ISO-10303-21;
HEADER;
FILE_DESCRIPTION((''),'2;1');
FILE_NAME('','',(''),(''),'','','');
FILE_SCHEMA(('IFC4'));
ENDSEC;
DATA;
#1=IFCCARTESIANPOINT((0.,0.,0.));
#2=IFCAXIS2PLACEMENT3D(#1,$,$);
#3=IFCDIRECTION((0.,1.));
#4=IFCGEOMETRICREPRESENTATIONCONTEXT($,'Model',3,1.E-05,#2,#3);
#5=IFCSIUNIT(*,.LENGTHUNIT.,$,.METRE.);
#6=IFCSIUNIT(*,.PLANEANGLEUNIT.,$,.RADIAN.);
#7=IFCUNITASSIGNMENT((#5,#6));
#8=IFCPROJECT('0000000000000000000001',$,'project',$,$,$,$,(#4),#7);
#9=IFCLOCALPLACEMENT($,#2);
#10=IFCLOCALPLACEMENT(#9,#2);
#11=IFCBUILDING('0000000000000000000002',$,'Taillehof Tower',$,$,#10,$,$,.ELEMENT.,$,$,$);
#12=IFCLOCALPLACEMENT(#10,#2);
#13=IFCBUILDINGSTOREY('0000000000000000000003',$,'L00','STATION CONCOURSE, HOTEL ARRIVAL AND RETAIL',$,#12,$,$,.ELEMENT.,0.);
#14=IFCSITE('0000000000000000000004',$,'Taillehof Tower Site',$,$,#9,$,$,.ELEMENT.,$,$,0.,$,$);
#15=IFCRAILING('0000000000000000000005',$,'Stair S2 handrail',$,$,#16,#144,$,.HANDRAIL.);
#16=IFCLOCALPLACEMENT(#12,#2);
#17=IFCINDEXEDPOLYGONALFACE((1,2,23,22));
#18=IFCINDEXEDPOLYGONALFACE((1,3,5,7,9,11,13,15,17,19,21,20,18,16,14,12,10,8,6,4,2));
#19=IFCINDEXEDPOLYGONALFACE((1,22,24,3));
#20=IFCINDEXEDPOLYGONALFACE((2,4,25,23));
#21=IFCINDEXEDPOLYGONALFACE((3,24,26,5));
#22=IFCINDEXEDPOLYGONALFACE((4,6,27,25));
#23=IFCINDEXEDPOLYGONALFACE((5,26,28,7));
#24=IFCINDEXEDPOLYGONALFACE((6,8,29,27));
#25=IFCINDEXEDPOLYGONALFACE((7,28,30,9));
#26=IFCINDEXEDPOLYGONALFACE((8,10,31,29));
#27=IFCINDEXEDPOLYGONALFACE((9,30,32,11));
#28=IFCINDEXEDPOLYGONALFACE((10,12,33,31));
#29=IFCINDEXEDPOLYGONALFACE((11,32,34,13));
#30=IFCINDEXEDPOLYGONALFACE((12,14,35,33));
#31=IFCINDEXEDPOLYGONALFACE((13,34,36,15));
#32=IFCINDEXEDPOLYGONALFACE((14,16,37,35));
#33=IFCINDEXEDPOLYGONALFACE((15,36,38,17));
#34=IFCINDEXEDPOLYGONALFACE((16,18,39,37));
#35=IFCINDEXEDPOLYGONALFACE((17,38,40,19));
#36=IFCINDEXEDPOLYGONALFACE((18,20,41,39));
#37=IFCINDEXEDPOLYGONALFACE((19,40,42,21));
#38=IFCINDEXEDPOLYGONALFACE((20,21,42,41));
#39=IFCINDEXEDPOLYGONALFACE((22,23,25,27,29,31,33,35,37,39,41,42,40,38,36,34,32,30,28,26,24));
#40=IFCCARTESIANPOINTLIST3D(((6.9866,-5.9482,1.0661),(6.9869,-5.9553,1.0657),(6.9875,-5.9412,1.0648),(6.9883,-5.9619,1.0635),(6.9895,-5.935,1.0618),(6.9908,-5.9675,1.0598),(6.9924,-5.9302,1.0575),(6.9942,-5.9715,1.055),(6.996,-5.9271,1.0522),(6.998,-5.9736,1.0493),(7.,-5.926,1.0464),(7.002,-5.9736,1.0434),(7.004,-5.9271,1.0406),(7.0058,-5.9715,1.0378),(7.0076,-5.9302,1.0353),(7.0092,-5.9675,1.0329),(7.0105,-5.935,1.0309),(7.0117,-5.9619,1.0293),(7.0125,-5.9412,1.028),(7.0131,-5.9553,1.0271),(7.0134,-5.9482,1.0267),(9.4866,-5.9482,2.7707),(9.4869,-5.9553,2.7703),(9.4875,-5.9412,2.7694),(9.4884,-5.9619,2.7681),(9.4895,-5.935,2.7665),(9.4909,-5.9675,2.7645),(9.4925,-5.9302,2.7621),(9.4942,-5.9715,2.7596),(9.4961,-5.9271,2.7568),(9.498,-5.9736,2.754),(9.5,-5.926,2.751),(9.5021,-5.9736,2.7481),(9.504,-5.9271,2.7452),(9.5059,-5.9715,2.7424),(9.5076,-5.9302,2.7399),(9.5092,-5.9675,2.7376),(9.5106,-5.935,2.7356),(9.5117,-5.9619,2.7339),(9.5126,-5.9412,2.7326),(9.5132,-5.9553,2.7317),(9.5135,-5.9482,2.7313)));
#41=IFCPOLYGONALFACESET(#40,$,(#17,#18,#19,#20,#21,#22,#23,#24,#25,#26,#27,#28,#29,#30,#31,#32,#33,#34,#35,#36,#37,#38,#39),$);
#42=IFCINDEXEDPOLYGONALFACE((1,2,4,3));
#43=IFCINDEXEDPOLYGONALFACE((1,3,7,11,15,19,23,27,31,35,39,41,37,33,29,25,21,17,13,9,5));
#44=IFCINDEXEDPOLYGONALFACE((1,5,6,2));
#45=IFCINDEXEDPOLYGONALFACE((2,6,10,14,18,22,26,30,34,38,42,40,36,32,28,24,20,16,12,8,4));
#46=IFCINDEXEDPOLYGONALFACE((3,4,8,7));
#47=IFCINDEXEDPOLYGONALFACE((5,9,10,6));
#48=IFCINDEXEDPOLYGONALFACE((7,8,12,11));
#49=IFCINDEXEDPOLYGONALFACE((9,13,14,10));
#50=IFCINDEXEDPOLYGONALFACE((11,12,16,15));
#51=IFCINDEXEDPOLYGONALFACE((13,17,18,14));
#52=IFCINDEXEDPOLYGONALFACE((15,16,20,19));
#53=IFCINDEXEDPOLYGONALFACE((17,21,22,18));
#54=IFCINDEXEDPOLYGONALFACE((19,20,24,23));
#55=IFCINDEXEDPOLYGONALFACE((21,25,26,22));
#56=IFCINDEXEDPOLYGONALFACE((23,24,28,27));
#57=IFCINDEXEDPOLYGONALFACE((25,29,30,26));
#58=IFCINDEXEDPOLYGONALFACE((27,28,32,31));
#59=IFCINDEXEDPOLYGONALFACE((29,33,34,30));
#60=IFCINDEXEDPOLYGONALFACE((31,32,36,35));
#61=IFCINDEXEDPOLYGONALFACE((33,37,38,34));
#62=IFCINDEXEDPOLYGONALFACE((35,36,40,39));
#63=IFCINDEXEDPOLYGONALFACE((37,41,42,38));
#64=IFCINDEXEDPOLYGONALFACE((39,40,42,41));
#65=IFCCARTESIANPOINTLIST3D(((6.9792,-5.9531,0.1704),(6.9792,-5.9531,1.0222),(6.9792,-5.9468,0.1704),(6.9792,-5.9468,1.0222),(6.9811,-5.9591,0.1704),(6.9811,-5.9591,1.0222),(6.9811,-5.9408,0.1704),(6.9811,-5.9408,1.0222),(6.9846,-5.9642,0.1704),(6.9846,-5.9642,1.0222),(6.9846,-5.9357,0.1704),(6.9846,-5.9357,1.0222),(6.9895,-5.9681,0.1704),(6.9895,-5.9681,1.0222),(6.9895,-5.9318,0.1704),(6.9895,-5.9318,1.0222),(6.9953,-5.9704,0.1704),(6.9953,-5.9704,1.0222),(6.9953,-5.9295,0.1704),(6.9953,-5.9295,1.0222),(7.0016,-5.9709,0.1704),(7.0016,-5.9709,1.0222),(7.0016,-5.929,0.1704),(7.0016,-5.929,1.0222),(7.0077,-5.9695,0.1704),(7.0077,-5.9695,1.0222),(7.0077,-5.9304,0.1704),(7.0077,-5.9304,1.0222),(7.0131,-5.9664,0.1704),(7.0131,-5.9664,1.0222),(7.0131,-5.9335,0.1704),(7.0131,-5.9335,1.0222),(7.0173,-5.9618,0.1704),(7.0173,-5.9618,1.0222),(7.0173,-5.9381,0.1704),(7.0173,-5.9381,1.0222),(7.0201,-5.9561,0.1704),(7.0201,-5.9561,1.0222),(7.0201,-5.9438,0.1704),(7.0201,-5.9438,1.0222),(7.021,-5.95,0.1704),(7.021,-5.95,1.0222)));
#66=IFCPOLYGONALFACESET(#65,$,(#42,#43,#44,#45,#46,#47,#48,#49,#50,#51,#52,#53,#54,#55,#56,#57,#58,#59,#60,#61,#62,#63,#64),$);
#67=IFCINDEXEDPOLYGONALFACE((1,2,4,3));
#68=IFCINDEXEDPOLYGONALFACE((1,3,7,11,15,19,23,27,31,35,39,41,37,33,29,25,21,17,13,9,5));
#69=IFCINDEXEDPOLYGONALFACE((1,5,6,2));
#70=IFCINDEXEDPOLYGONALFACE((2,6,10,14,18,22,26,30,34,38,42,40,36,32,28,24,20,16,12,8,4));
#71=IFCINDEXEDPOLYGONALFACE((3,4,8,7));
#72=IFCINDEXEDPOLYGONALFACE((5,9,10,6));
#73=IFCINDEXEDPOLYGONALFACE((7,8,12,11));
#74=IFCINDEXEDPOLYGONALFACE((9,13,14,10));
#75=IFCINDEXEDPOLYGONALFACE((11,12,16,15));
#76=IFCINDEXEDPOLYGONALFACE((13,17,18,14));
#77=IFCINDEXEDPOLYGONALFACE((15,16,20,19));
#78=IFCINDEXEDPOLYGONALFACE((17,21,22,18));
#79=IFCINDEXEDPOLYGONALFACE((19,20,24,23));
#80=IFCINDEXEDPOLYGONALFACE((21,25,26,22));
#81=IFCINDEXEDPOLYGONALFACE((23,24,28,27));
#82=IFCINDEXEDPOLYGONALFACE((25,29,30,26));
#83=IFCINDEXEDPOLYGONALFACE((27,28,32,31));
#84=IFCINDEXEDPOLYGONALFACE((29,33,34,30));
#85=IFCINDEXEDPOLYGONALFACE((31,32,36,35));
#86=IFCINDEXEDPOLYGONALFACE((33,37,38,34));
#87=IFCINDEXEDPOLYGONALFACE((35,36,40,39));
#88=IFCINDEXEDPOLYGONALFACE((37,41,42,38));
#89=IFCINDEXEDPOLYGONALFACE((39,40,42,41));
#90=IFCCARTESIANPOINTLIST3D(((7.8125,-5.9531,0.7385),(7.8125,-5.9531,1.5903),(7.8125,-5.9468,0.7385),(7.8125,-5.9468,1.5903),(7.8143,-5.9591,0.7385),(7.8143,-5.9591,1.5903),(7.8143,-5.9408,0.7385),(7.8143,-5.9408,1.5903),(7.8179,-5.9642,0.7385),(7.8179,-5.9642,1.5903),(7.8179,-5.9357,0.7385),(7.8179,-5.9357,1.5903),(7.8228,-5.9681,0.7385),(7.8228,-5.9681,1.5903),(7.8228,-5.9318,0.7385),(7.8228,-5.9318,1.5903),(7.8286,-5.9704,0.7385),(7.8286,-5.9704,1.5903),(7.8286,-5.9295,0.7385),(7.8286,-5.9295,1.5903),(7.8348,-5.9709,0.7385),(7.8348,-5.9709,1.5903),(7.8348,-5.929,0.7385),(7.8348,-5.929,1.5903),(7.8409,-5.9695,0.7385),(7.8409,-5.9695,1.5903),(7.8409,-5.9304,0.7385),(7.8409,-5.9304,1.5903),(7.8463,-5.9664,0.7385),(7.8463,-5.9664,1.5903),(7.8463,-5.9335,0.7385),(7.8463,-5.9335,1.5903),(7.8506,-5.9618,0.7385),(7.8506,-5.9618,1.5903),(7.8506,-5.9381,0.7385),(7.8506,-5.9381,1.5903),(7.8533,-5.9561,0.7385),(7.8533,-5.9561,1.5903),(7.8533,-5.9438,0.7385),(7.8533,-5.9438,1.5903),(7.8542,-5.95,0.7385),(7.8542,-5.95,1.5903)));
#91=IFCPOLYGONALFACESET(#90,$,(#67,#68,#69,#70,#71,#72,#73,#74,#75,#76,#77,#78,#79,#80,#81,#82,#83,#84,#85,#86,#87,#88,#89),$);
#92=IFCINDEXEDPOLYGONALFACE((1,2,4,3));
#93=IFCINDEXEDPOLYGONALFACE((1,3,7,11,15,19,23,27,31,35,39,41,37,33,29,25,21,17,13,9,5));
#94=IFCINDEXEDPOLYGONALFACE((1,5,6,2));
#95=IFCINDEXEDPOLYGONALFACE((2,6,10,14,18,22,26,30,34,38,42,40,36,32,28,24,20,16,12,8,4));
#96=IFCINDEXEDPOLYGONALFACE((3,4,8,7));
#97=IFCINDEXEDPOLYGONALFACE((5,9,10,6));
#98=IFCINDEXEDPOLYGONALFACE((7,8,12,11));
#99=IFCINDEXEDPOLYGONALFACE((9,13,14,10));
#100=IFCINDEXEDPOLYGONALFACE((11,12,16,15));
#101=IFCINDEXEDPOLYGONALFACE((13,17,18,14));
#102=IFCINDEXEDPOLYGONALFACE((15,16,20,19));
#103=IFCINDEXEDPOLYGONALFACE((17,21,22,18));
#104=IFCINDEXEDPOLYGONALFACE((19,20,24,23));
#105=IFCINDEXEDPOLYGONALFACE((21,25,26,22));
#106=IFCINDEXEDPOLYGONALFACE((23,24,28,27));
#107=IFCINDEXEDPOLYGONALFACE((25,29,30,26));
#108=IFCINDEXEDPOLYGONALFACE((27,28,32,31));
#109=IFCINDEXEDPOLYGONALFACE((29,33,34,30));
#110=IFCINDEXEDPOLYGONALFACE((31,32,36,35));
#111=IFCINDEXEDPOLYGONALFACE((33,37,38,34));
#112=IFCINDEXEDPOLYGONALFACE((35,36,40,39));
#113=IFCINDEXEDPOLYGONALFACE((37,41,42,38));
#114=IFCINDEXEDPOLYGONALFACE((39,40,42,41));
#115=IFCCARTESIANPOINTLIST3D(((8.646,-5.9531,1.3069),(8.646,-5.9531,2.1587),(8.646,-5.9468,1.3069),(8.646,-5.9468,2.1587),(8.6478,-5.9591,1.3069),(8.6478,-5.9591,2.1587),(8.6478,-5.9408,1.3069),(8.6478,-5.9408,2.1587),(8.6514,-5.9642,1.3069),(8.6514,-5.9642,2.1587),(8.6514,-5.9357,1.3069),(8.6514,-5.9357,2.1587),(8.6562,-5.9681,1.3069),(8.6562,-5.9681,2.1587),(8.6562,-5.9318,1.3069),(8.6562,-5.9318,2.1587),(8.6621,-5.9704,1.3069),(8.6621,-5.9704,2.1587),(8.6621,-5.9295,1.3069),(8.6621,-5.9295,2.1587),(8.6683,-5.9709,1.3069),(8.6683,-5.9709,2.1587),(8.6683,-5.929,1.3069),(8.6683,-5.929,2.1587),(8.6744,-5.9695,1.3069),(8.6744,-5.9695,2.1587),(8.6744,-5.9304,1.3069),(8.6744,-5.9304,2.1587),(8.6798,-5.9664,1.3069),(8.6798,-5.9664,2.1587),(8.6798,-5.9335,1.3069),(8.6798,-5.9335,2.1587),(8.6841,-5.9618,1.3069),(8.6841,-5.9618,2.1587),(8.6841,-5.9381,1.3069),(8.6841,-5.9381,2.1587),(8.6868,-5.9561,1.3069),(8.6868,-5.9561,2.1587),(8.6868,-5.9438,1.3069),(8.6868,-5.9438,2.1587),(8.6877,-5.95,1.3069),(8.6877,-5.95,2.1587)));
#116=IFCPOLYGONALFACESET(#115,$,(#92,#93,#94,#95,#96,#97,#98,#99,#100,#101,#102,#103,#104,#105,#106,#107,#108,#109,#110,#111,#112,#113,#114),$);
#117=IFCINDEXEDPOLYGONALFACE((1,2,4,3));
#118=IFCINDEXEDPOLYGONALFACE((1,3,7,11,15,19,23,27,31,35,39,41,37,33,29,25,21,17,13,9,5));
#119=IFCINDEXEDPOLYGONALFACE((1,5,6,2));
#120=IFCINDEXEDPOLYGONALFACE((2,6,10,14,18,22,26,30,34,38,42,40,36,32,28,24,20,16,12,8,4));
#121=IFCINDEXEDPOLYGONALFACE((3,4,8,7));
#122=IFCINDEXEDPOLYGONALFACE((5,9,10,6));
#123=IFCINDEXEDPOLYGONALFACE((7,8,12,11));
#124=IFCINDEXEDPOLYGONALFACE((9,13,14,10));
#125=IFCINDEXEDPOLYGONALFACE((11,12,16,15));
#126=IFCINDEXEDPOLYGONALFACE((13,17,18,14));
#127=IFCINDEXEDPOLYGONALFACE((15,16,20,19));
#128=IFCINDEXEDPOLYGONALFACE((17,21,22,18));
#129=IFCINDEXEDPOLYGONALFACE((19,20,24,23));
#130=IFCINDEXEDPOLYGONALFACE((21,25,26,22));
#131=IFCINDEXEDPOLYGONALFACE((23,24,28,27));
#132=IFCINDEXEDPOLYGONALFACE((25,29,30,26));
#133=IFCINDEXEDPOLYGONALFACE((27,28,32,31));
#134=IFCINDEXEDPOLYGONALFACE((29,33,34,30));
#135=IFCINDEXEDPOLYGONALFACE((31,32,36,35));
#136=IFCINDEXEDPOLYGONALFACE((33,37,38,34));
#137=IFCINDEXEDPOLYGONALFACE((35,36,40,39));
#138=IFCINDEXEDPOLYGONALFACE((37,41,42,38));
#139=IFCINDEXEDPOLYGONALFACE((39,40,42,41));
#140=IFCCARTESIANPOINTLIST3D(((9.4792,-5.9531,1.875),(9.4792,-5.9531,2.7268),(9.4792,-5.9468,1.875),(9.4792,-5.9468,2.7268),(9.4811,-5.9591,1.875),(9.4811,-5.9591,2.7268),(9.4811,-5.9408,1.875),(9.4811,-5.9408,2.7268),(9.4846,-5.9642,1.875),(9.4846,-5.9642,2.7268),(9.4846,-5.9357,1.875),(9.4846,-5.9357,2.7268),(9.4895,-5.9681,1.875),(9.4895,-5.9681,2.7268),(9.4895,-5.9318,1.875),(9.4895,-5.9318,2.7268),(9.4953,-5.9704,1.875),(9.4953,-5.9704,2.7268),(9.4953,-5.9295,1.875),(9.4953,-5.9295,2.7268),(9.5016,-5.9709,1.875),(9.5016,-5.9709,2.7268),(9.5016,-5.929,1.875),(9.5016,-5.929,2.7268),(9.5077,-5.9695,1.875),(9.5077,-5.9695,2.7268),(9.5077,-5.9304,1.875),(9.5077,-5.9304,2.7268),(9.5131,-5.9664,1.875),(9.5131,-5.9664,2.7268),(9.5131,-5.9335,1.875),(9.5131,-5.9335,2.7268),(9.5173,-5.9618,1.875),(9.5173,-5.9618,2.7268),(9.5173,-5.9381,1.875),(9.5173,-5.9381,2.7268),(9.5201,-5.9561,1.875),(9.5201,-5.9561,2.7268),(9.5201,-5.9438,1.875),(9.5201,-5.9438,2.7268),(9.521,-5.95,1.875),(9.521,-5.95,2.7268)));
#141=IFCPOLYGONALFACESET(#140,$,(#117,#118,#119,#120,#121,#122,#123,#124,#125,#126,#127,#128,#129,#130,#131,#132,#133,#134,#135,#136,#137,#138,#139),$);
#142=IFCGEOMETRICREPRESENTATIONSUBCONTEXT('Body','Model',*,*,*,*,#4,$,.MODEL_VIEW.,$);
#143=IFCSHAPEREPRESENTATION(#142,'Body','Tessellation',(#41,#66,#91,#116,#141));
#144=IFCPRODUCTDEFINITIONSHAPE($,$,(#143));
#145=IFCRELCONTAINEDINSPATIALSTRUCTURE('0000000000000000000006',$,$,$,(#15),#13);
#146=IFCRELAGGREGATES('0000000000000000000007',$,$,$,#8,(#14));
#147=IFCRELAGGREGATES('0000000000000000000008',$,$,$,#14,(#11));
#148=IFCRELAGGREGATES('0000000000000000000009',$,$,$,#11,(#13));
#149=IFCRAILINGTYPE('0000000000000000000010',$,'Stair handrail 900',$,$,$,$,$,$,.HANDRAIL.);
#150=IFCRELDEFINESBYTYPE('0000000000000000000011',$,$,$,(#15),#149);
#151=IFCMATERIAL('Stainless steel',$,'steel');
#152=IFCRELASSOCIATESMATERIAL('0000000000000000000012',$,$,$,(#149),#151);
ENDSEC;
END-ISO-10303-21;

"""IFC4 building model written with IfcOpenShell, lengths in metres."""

from ifc_helpers import new_model, si_unit, direction, frame, origin, origin_2d, place, context, subcontext, project, spatial, circle, extrude, material, type_object, element, save


model = new_model("IFC4")

# Units and contexts
model_context = context("Model", 3, precision=1e-05, world=origin(), true_north=direction((0.0, 1.0)))
body_context = subcontext(model_context, "Body", "Model", "MODEL_VIEW")
ifc_project = project(units=[si_unit("LENGTHUNIT", "METRE"), si_unit("PLANEANGLEUNIT", "RADIAN")], contexts=[model_context])

# Site, building, storey
site_placement = place(None, origin())
site = spatial("IfcSite", under=ifc_project, at=site_placement, Name="Taillehof Tower Site", CompositionType="ELEMENT", RefElevation=0.0)
building_placement = place(site_placement, origin())
building = spatial("IfcBuilding", under=site, at=building_placement, Name="Taillehof Tower", CompositionType="ELEMENT")
storey_placement = place(building_placement, origin())
storey = spatial("IfcBuildingStorey", under=building, at=storey_placement, Name="L00", Description="STATION CONCOURSE, HOTEL ARRIVAL AND RETAIL", CompositionType="ELEMENT", Elevation=0.0)

# Railing
ifc_material_1 = material(Name="Stainless steel", Category="steel")
railing_type = type_object("IfcRailingType", Name="Stair handrail 900", PredefinedType="HANDRAIL", material=ifc_material_1)
for number, where, name in (
    (1, (7.0, -5.95, 0.1704), "Stair S2 handrail"),
):
    element("IfcRailing", number, at=place(storey_placement, frame(where)), inside=storey, type_object=railing_type, Name=name, PredefinedType="HANDRAIL", context=body_context, shape_type="SweptSolid", body=[
        extrude(circle(Radius=0.0239, at=origin_2d()), frame((0.0, 0.0, 0.876), z_axis=(0.826221, 0.0, 0.563347), x_axis=(0.0, 1.0, 0.0)), (0.0, 0.0, 1.0), 3.0259),
        extrude(circle(Radius=0.021, at=origin_2d()), origin(), (0.0, 0.0, 1.0), 0.8518),
        extrude(circle(Radius=0.021, at=origin_2d()), frame((0.8333, 0.0, 0.5681)), (0.0, 0.0, 1.0), 0.8518),
        extrude(circle(Radius=0.021, at=origin_2d()), frame((1.6667, 0.0, 1.1365)), (0.0, 0.0, 1.0), 0.8518),
        extrude(circle(Radius=0.021, at=origin_2d()), frame((2.5, 0.0, 1.7046)), (0.0, 0.0, 1.0), 0.8518),
    ])

save(model, "model.ifc")
